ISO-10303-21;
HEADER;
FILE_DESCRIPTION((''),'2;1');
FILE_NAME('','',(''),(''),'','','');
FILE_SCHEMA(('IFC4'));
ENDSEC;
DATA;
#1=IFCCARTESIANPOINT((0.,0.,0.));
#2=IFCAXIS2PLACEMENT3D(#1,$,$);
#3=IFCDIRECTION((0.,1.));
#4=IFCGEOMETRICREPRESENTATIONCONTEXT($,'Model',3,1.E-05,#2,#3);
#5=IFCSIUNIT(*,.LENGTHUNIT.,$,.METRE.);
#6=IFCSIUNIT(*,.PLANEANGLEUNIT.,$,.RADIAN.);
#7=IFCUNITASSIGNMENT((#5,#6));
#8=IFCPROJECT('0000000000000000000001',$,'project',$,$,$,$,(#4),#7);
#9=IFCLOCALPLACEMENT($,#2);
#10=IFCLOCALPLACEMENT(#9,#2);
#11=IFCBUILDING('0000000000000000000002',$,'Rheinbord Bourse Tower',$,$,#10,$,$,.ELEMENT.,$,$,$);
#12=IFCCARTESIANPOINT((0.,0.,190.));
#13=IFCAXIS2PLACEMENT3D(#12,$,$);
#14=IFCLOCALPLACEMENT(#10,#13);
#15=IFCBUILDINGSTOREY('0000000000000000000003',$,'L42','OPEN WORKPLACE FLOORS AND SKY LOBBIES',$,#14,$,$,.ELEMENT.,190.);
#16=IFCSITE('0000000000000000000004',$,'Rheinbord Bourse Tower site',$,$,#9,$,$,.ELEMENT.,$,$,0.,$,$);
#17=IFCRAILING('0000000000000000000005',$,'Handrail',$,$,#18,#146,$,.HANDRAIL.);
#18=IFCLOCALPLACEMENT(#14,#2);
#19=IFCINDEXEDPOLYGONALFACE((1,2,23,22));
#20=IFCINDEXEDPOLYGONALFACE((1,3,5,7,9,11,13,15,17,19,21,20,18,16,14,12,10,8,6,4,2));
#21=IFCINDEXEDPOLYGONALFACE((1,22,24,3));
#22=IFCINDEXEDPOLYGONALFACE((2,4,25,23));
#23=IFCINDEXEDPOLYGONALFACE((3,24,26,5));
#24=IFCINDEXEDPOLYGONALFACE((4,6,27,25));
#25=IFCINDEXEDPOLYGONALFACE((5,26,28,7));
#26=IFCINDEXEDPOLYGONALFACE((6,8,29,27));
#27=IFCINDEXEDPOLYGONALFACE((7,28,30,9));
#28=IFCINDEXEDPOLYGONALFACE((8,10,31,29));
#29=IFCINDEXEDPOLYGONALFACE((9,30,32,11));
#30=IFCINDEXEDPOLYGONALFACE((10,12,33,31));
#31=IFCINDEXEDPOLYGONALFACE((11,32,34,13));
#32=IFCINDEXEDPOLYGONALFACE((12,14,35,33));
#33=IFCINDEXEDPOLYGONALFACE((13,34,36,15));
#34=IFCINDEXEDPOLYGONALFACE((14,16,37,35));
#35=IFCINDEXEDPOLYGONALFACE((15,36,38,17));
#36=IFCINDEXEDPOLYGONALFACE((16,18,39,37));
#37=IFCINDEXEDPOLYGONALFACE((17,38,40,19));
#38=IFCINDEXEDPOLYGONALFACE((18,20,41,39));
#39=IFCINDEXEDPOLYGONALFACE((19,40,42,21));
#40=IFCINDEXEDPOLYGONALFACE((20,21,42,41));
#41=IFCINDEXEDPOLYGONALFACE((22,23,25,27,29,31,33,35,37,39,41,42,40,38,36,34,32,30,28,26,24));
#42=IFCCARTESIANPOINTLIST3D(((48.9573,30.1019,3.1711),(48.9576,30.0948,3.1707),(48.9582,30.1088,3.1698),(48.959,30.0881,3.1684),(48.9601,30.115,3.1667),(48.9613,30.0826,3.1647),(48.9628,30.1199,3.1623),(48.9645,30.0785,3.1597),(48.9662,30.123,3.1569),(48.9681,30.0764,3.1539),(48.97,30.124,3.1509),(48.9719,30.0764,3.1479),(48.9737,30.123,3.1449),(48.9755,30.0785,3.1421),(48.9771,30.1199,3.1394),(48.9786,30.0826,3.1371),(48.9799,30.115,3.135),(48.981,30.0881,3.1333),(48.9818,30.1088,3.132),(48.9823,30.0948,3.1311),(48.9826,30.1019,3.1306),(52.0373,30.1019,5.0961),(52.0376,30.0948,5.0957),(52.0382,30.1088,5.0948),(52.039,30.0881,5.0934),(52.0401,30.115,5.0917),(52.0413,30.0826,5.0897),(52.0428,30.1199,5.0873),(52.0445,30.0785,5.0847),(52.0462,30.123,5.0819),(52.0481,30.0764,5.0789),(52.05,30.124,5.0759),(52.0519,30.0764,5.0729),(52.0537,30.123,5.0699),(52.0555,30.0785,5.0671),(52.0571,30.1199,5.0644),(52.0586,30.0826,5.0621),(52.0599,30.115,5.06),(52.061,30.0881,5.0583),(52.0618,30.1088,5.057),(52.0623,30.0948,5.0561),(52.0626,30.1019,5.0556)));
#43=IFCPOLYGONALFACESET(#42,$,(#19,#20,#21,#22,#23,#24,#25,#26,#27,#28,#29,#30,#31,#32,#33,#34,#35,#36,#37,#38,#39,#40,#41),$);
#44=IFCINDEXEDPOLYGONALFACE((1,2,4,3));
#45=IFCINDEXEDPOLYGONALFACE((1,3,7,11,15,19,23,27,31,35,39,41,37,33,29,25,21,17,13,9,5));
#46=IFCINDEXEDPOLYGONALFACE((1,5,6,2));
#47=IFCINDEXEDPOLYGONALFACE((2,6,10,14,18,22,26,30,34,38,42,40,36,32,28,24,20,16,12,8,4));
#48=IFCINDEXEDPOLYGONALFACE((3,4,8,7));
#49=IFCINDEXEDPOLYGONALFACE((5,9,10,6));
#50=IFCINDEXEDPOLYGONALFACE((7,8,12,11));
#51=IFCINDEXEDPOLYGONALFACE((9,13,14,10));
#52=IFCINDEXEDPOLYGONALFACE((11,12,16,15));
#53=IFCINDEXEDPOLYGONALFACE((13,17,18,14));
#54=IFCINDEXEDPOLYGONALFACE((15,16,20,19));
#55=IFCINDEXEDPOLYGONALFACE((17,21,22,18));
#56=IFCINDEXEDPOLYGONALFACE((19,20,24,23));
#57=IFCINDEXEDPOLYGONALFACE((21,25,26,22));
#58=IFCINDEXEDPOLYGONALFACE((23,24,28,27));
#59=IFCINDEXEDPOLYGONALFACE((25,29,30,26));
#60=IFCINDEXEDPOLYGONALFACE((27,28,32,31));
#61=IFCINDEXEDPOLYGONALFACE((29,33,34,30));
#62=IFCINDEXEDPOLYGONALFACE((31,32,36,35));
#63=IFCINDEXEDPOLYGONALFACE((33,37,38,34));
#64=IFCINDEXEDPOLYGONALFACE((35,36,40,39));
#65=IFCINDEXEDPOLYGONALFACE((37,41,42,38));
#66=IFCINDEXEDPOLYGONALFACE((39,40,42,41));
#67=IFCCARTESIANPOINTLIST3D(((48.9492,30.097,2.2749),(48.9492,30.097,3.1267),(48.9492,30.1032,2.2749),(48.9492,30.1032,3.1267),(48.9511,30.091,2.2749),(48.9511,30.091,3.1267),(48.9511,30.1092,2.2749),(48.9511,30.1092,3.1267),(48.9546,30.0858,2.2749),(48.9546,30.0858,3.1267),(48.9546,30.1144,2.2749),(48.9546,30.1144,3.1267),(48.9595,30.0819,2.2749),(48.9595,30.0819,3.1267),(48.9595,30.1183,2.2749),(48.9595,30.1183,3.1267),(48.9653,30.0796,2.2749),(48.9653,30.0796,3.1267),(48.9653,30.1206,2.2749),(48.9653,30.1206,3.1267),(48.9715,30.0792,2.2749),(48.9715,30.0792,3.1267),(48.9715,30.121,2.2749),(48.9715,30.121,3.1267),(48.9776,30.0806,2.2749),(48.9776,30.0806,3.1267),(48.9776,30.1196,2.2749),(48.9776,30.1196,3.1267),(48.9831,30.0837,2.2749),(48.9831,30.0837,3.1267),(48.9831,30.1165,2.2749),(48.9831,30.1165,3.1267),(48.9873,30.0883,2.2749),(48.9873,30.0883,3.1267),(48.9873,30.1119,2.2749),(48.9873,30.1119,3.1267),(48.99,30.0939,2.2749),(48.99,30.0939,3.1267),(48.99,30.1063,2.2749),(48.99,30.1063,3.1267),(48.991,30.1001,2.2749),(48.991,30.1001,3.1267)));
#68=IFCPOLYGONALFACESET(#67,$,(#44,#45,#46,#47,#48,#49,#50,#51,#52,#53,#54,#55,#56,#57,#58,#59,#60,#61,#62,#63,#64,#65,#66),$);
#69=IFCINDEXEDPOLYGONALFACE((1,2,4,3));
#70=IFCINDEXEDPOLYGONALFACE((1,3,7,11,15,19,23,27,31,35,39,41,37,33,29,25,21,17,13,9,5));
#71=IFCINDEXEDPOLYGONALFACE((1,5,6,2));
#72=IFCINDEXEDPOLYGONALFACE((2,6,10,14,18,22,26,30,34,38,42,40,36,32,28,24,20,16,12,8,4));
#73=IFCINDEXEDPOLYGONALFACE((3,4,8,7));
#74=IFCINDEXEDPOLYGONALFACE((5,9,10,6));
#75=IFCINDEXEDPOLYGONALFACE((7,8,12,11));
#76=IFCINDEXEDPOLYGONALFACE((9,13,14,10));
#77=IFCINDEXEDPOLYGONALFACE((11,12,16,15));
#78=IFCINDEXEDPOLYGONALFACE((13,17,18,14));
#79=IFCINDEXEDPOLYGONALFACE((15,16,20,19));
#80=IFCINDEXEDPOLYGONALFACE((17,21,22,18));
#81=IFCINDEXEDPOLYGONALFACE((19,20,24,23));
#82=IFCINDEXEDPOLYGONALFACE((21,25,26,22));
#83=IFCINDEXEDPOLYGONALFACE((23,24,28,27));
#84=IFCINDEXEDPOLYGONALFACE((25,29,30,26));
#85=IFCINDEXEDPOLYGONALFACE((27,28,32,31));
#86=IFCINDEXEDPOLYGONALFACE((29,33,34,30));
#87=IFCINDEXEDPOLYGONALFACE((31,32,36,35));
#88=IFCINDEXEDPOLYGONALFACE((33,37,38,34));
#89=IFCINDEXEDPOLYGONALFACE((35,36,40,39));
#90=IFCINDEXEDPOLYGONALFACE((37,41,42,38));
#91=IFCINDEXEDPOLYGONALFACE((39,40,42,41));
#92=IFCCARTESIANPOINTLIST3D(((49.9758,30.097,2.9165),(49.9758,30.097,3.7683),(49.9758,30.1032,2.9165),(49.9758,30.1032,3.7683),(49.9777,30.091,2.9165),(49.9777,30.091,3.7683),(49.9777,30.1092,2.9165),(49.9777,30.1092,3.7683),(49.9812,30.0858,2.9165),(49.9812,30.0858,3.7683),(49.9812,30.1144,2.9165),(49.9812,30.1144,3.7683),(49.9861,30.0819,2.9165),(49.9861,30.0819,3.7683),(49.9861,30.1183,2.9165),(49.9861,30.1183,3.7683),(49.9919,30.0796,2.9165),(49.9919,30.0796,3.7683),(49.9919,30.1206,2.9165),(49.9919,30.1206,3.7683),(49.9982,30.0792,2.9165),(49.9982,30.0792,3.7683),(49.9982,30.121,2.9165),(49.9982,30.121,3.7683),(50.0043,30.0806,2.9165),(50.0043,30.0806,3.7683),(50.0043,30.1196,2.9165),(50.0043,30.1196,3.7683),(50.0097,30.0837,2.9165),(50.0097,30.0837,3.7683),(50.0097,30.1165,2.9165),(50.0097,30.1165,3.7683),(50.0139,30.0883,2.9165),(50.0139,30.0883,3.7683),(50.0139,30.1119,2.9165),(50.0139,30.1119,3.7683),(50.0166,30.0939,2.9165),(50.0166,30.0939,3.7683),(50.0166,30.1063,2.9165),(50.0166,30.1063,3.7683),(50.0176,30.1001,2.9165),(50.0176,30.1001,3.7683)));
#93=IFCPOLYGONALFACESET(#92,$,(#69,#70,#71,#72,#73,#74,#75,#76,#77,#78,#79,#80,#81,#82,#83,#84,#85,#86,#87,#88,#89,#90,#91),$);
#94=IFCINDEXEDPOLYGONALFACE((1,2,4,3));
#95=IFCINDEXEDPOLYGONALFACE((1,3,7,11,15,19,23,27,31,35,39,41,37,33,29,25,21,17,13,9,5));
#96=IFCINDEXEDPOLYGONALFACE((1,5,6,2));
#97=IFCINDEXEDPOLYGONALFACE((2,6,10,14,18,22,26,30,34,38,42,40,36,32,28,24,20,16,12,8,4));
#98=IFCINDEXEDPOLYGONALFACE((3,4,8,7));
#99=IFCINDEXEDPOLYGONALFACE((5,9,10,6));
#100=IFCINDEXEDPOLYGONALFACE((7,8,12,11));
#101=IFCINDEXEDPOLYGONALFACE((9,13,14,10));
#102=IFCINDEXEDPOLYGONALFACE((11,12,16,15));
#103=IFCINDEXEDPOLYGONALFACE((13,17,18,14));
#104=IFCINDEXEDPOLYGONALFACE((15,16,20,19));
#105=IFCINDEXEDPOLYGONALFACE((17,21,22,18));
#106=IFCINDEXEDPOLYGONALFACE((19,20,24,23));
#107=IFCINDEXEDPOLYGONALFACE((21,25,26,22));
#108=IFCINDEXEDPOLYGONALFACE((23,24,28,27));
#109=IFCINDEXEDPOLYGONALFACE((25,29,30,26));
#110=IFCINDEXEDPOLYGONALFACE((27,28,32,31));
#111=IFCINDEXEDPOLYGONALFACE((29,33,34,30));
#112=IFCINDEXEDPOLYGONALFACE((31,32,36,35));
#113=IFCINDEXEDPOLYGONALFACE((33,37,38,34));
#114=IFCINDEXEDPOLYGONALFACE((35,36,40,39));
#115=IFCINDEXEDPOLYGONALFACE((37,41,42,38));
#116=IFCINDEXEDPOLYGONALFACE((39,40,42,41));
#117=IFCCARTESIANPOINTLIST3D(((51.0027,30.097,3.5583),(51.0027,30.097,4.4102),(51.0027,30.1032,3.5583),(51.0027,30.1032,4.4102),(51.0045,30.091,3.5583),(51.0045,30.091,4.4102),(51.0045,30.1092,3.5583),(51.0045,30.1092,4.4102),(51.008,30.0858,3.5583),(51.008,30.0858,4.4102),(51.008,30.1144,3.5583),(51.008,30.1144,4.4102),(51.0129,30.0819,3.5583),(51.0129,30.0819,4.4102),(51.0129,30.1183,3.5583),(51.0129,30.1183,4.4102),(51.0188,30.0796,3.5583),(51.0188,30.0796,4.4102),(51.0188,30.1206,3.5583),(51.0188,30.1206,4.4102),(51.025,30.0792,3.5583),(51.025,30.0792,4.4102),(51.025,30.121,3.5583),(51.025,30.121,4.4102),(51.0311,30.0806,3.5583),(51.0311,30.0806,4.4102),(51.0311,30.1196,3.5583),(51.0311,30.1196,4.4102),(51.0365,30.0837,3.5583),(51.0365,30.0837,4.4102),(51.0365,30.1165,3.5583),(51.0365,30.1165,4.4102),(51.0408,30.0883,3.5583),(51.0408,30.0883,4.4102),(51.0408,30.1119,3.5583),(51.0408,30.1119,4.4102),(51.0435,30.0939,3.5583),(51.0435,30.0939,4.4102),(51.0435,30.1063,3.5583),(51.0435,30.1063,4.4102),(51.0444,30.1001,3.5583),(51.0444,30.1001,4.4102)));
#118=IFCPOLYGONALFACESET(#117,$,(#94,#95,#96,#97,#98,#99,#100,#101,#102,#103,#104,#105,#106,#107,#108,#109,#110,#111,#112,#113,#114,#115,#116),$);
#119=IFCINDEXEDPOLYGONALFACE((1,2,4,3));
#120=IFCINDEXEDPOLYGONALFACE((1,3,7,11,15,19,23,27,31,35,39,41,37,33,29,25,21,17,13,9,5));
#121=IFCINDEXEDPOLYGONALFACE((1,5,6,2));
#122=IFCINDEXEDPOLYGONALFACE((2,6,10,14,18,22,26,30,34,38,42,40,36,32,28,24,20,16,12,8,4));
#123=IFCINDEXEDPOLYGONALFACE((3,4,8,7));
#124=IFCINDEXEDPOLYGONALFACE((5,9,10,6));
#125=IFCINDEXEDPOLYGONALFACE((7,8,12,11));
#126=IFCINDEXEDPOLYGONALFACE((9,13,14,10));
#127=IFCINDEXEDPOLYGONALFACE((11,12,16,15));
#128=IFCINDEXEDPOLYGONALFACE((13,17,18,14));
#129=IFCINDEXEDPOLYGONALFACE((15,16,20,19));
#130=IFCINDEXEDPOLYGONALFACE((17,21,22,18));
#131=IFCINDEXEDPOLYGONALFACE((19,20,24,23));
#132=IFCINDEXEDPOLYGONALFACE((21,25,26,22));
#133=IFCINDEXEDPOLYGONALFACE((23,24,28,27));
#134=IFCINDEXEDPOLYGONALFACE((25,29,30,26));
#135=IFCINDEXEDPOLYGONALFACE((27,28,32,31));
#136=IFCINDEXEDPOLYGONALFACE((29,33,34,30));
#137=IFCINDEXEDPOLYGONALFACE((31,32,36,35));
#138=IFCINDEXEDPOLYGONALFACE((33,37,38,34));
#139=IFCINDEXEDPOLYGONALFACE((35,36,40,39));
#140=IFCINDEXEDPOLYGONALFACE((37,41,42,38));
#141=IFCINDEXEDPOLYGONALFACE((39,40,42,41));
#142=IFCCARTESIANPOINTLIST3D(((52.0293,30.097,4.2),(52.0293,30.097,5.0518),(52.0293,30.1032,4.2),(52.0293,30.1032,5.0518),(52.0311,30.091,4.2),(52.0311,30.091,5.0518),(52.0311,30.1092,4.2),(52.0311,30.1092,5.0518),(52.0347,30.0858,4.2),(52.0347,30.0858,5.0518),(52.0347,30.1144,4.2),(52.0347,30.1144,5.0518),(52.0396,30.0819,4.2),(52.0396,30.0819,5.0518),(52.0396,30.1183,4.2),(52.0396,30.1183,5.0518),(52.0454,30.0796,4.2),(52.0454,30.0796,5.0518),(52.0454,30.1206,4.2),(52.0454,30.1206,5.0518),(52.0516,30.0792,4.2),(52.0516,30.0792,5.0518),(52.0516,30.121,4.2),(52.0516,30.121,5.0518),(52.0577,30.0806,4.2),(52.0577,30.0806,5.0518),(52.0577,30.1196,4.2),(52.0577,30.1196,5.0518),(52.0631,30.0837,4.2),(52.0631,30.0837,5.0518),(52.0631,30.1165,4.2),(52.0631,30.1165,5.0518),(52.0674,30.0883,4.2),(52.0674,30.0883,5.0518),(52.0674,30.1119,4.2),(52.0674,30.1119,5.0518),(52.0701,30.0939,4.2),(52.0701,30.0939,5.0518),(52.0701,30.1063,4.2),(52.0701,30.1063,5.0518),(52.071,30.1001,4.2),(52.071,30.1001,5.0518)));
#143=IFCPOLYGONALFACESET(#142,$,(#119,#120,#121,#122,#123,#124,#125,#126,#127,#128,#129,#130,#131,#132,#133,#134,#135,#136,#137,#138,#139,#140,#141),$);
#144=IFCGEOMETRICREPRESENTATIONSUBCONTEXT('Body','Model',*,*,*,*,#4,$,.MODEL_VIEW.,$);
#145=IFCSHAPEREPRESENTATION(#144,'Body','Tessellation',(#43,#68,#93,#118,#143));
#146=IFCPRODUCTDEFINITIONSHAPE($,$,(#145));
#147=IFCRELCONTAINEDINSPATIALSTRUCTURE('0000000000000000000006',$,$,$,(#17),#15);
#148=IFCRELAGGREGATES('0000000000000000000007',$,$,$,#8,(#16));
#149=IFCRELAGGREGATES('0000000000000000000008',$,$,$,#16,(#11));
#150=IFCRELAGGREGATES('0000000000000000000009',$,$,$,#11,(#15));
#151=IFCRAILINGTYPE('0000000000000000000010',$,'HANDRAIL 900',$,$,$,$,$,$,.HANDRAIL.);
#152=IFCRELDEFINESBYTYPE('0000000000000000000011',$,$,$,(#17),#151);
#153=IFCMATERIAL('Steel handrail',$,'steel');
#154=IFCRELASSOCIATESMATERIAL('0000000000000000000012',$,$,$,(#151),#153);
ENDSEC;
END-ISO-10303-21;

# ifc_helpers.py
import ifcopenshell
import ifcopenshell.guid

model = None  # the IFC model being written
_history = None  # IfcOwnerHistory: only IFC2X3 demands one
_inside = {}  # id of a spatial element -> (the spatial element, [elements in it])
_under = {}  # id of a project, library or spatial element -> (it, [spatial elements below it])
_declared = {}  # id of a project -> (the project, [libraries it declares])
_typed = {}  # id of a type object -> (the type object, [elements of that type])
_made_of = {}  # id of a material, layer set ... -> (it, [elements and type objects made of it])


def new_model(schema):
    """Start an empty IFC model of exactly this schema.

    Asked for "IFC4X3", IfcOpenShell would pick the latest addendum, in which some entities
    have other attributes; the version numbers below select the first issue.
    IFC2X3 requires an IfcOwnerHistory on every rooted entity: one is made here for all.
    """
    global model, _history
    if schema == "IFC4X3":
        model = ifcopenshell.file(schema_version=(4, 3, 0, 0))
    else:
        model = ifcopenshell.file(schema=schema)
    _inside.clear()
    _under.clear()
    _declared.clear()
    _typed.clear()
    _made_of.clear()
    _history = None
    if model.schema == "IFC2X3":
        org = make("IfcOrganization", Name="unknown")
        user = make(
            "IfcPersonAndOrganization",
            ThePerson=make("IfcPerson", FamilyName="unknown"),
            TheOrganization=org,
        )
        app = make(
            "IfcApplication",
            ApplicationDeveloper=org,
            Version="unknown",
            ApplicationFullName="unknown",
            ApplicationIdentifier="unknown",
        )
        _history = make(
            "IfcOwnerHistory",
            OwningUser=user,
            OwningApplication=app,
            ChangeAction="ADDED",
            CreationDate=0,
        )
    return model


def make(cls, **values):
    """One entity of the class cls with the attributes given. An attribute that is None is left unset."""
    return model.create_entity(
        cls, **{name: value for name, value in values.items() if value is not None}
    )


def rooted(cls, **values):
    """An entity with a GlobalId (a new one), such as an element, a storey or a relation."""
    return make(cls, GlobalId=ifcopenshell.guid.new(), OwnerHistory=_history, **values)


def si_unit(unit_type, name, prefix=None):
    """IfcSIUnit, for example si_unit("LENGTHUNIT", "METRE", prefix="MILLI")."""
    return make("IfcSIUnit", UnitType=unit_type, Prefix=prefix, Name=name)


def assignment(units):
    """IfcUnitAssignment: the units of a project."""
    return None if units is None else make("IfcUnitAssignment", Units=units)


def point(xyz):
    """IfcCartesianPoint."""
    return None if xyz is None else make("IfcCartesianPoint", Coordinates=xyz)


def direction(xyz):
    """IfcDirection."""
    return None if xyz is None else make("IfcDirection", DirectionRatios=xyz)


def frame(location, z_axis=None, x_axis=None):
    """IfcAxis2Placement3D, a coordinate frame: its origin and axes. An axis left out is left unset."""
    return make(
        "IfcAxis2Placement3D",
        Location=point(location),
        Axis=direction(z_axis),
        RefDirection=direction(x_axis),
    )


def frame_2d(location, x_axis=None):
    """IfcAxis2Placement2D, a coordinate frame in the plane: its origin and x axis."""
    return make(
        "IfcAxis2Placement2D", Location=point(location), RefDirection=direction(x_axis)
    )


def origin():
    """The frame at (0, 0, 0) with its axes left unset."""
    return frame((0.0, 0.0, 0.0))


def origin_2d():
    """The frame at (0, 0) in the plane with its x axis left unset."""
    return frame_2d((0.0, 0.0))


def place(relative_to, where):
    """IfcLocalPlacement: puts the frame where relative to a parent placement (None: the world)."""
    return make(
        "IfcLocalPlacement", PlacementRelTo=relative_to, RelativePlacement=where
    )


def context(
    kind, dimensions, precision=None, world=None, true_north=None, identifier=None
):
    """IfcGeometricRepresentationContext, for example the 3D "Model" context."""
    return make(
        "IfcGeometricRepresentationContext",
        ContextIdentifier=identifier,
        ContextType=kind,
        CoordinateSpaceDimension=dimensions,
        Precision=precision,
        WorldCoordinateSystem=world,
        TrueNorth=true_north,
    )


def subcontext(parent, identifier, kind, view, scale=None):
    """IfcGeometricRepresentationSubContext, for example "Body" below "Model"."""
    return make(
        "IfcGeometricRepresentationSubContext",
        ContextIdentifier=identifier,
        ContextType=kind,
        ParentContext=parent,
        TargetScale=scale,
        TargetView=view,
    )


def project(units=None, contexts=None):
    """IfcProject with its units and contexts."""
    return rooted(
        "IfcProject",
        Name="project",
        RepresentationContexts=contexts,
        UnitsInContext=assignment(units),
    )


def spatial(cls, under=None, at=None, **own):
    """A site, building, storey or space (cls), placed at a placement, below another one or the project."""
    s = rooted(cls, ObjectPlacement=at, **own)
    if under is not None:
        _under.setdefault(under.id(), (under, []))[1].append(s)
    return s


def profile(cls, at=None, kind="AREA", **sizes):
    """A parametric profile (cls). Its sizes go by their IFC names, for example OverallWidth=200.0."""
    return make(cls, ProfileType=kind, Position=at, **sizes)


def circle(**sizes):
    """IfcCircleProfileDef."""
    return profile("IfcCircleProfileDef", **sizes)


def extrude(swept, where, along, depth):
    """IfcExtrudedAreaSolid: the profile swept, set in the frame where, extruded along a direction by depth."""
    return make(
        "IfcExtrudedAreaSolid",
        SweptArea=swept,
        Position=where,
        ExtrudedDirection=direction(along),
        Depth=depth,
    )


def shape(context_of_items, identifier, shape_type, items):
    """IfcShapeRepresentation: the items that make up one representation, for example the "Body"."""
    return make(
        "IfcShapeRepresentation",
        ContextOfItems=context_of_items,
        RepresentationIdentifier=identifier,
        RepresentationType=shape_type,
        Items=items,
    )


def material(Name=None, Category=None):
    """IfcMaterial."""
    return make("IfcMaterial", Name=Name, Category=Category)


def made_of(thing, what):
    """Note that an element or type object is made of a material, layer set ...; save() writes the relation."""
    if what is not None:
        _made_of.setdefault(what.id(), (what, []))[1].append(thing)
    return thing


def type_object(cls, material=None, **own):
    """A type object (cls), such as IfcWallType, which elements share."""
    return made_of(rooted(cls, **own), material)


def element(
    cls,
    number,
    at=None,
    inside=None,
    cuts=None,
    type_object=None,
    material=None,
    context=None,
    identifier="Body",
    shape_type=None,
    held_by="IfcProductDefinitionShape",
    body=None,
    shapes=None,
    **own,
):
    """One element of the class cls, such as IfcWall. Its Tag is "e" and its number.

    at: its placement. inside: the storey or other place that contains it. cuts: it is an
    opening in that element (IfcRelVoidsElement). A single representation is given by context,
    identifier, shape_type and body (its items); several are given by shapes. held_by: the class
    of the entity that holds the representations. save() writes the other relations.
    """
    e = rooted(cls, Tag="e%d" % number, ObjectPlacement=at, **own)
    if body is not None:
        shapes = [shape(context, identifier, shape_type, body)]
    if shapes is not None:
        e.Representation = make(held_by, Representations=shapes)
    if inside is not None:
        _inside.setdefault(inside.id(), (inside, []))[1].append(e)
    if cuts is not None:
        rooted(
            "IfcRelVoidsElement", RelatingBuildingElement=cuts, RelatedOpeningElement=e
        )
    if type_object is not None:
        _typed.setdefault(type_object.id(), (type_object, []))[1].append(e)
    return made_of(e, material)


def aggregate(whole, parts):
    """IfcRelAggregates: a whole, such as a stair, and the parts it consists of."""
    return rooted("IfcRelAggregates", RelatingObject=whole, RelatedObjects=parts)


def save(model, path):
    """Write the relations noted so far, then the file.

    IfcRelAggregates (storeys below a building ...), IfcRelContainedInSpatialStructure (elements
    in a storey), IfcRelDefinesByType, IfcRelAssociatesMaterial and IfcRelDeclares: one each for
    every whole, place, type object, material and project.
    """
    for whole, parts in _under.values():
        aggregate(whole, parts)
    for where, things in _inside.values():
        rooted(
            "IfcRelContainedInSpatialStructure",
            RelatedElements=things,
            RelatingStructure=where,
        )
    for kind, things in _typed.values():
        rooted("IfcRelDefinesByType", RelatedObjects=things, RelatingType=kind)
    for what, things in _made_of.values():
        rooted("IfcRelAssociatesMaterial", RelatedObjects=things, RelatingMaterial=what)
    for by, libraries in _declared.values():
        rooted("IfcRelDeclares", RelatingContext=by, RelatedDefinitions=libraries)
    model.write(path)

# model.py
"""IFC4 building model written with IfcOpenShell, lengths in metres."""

from ifc_helpers import new_model, si_unit, direction, frame, origin, origin_2d, place, context, subcontext, project, spatial, circle, extrude, material, type_object, element, save


model = new_model("IFC4")

# Units and contexts
model_context = context("Model", 3, precision=1e-05, world=origin(), true_north=direction((0.0, 1.0)))
body_context = subcontext(model_context, "Body", "Model", "MODEL_VIEW")
ifc_project = project(units=[si_unit("LENGTHUNIT", "METRE"), si_unit("PLANEANGLEUNIT", "RADIAN")], contexts=[model_context])

# Site, building, storey
site_placement = place(None, origin())
site = spatial("IfcSite", under=ifc_project, at=site_placement, Name="Rheinbord Bourse Tower site", CompositionType="ELEMENT", RefElevation=0.0)
building_placement = place(site_placement, origin())
building = spatial("IfcBuilding", under=site, at=building_placement, Name="Rheinbord Bourse Tower", CompositionType="ELEMENT")
storey_placement = place(building_placement, frame((0.0, 0.0, 190.0)))
storey = spatial("IfcBuildingStorey", under=building, at=storey_placement, Name="L42", Description="OPEN WORKPLACE FLOORS AND SKY LOBBIES", CompositionType="ELEMENT", Elevation=190.0)

# Railing
ifc_material_1 = material(Name="Steel handrail", Category="steel")
railing_type = type_object("IfcRailingType", Name="HANDRAIL 900", PredefinedType="HANDRAIL", material=ifc_material_1)
railing_1_placement = place(storey_placement, frame((48.97, 30.1001, 2.2749)))
element("IfcRailing", 1, at=railing_1_placement, inside=storey, type_object=railing_type, Name="Handrail", PredefinedType="HANDRAIL", context=body_context, shape_type="SweptSolid", body=[
    extrude(circle(Radius=0.0239, at=origin_2d()), frame((0.0, 0.0, 0.876), z_axis=(0.847998, 0.0, 0.529999), x_axis=(0.0, 1.0, 0.0)), (0.0, 0.0, 1.0), 3.6321),
    extrude(circle(Radius=0.021, at=origin_2d()), origin(), (0.0, 0.0, 1.0), 0.8518),
    extrude(circle(Radius=0.021, at=origin_2d()), frame((1.0266, 0.0, 0.6416)), (0.0, 0.0, 1.0), 0.8518),
    extrude(circle(Radius=0.021, at=origin_2d()), frame((2.0535, 0.0, 1.2834)), (0.0, 0.0, 1.0), 0.8518),
    extrude(circle(Radius=0.021, at=origin_2d()), frame((3.0801, 0.0, 1.925)), (0.0, 0.0, 1.0), 0.8518),
])

save(model, "model.ifc")
